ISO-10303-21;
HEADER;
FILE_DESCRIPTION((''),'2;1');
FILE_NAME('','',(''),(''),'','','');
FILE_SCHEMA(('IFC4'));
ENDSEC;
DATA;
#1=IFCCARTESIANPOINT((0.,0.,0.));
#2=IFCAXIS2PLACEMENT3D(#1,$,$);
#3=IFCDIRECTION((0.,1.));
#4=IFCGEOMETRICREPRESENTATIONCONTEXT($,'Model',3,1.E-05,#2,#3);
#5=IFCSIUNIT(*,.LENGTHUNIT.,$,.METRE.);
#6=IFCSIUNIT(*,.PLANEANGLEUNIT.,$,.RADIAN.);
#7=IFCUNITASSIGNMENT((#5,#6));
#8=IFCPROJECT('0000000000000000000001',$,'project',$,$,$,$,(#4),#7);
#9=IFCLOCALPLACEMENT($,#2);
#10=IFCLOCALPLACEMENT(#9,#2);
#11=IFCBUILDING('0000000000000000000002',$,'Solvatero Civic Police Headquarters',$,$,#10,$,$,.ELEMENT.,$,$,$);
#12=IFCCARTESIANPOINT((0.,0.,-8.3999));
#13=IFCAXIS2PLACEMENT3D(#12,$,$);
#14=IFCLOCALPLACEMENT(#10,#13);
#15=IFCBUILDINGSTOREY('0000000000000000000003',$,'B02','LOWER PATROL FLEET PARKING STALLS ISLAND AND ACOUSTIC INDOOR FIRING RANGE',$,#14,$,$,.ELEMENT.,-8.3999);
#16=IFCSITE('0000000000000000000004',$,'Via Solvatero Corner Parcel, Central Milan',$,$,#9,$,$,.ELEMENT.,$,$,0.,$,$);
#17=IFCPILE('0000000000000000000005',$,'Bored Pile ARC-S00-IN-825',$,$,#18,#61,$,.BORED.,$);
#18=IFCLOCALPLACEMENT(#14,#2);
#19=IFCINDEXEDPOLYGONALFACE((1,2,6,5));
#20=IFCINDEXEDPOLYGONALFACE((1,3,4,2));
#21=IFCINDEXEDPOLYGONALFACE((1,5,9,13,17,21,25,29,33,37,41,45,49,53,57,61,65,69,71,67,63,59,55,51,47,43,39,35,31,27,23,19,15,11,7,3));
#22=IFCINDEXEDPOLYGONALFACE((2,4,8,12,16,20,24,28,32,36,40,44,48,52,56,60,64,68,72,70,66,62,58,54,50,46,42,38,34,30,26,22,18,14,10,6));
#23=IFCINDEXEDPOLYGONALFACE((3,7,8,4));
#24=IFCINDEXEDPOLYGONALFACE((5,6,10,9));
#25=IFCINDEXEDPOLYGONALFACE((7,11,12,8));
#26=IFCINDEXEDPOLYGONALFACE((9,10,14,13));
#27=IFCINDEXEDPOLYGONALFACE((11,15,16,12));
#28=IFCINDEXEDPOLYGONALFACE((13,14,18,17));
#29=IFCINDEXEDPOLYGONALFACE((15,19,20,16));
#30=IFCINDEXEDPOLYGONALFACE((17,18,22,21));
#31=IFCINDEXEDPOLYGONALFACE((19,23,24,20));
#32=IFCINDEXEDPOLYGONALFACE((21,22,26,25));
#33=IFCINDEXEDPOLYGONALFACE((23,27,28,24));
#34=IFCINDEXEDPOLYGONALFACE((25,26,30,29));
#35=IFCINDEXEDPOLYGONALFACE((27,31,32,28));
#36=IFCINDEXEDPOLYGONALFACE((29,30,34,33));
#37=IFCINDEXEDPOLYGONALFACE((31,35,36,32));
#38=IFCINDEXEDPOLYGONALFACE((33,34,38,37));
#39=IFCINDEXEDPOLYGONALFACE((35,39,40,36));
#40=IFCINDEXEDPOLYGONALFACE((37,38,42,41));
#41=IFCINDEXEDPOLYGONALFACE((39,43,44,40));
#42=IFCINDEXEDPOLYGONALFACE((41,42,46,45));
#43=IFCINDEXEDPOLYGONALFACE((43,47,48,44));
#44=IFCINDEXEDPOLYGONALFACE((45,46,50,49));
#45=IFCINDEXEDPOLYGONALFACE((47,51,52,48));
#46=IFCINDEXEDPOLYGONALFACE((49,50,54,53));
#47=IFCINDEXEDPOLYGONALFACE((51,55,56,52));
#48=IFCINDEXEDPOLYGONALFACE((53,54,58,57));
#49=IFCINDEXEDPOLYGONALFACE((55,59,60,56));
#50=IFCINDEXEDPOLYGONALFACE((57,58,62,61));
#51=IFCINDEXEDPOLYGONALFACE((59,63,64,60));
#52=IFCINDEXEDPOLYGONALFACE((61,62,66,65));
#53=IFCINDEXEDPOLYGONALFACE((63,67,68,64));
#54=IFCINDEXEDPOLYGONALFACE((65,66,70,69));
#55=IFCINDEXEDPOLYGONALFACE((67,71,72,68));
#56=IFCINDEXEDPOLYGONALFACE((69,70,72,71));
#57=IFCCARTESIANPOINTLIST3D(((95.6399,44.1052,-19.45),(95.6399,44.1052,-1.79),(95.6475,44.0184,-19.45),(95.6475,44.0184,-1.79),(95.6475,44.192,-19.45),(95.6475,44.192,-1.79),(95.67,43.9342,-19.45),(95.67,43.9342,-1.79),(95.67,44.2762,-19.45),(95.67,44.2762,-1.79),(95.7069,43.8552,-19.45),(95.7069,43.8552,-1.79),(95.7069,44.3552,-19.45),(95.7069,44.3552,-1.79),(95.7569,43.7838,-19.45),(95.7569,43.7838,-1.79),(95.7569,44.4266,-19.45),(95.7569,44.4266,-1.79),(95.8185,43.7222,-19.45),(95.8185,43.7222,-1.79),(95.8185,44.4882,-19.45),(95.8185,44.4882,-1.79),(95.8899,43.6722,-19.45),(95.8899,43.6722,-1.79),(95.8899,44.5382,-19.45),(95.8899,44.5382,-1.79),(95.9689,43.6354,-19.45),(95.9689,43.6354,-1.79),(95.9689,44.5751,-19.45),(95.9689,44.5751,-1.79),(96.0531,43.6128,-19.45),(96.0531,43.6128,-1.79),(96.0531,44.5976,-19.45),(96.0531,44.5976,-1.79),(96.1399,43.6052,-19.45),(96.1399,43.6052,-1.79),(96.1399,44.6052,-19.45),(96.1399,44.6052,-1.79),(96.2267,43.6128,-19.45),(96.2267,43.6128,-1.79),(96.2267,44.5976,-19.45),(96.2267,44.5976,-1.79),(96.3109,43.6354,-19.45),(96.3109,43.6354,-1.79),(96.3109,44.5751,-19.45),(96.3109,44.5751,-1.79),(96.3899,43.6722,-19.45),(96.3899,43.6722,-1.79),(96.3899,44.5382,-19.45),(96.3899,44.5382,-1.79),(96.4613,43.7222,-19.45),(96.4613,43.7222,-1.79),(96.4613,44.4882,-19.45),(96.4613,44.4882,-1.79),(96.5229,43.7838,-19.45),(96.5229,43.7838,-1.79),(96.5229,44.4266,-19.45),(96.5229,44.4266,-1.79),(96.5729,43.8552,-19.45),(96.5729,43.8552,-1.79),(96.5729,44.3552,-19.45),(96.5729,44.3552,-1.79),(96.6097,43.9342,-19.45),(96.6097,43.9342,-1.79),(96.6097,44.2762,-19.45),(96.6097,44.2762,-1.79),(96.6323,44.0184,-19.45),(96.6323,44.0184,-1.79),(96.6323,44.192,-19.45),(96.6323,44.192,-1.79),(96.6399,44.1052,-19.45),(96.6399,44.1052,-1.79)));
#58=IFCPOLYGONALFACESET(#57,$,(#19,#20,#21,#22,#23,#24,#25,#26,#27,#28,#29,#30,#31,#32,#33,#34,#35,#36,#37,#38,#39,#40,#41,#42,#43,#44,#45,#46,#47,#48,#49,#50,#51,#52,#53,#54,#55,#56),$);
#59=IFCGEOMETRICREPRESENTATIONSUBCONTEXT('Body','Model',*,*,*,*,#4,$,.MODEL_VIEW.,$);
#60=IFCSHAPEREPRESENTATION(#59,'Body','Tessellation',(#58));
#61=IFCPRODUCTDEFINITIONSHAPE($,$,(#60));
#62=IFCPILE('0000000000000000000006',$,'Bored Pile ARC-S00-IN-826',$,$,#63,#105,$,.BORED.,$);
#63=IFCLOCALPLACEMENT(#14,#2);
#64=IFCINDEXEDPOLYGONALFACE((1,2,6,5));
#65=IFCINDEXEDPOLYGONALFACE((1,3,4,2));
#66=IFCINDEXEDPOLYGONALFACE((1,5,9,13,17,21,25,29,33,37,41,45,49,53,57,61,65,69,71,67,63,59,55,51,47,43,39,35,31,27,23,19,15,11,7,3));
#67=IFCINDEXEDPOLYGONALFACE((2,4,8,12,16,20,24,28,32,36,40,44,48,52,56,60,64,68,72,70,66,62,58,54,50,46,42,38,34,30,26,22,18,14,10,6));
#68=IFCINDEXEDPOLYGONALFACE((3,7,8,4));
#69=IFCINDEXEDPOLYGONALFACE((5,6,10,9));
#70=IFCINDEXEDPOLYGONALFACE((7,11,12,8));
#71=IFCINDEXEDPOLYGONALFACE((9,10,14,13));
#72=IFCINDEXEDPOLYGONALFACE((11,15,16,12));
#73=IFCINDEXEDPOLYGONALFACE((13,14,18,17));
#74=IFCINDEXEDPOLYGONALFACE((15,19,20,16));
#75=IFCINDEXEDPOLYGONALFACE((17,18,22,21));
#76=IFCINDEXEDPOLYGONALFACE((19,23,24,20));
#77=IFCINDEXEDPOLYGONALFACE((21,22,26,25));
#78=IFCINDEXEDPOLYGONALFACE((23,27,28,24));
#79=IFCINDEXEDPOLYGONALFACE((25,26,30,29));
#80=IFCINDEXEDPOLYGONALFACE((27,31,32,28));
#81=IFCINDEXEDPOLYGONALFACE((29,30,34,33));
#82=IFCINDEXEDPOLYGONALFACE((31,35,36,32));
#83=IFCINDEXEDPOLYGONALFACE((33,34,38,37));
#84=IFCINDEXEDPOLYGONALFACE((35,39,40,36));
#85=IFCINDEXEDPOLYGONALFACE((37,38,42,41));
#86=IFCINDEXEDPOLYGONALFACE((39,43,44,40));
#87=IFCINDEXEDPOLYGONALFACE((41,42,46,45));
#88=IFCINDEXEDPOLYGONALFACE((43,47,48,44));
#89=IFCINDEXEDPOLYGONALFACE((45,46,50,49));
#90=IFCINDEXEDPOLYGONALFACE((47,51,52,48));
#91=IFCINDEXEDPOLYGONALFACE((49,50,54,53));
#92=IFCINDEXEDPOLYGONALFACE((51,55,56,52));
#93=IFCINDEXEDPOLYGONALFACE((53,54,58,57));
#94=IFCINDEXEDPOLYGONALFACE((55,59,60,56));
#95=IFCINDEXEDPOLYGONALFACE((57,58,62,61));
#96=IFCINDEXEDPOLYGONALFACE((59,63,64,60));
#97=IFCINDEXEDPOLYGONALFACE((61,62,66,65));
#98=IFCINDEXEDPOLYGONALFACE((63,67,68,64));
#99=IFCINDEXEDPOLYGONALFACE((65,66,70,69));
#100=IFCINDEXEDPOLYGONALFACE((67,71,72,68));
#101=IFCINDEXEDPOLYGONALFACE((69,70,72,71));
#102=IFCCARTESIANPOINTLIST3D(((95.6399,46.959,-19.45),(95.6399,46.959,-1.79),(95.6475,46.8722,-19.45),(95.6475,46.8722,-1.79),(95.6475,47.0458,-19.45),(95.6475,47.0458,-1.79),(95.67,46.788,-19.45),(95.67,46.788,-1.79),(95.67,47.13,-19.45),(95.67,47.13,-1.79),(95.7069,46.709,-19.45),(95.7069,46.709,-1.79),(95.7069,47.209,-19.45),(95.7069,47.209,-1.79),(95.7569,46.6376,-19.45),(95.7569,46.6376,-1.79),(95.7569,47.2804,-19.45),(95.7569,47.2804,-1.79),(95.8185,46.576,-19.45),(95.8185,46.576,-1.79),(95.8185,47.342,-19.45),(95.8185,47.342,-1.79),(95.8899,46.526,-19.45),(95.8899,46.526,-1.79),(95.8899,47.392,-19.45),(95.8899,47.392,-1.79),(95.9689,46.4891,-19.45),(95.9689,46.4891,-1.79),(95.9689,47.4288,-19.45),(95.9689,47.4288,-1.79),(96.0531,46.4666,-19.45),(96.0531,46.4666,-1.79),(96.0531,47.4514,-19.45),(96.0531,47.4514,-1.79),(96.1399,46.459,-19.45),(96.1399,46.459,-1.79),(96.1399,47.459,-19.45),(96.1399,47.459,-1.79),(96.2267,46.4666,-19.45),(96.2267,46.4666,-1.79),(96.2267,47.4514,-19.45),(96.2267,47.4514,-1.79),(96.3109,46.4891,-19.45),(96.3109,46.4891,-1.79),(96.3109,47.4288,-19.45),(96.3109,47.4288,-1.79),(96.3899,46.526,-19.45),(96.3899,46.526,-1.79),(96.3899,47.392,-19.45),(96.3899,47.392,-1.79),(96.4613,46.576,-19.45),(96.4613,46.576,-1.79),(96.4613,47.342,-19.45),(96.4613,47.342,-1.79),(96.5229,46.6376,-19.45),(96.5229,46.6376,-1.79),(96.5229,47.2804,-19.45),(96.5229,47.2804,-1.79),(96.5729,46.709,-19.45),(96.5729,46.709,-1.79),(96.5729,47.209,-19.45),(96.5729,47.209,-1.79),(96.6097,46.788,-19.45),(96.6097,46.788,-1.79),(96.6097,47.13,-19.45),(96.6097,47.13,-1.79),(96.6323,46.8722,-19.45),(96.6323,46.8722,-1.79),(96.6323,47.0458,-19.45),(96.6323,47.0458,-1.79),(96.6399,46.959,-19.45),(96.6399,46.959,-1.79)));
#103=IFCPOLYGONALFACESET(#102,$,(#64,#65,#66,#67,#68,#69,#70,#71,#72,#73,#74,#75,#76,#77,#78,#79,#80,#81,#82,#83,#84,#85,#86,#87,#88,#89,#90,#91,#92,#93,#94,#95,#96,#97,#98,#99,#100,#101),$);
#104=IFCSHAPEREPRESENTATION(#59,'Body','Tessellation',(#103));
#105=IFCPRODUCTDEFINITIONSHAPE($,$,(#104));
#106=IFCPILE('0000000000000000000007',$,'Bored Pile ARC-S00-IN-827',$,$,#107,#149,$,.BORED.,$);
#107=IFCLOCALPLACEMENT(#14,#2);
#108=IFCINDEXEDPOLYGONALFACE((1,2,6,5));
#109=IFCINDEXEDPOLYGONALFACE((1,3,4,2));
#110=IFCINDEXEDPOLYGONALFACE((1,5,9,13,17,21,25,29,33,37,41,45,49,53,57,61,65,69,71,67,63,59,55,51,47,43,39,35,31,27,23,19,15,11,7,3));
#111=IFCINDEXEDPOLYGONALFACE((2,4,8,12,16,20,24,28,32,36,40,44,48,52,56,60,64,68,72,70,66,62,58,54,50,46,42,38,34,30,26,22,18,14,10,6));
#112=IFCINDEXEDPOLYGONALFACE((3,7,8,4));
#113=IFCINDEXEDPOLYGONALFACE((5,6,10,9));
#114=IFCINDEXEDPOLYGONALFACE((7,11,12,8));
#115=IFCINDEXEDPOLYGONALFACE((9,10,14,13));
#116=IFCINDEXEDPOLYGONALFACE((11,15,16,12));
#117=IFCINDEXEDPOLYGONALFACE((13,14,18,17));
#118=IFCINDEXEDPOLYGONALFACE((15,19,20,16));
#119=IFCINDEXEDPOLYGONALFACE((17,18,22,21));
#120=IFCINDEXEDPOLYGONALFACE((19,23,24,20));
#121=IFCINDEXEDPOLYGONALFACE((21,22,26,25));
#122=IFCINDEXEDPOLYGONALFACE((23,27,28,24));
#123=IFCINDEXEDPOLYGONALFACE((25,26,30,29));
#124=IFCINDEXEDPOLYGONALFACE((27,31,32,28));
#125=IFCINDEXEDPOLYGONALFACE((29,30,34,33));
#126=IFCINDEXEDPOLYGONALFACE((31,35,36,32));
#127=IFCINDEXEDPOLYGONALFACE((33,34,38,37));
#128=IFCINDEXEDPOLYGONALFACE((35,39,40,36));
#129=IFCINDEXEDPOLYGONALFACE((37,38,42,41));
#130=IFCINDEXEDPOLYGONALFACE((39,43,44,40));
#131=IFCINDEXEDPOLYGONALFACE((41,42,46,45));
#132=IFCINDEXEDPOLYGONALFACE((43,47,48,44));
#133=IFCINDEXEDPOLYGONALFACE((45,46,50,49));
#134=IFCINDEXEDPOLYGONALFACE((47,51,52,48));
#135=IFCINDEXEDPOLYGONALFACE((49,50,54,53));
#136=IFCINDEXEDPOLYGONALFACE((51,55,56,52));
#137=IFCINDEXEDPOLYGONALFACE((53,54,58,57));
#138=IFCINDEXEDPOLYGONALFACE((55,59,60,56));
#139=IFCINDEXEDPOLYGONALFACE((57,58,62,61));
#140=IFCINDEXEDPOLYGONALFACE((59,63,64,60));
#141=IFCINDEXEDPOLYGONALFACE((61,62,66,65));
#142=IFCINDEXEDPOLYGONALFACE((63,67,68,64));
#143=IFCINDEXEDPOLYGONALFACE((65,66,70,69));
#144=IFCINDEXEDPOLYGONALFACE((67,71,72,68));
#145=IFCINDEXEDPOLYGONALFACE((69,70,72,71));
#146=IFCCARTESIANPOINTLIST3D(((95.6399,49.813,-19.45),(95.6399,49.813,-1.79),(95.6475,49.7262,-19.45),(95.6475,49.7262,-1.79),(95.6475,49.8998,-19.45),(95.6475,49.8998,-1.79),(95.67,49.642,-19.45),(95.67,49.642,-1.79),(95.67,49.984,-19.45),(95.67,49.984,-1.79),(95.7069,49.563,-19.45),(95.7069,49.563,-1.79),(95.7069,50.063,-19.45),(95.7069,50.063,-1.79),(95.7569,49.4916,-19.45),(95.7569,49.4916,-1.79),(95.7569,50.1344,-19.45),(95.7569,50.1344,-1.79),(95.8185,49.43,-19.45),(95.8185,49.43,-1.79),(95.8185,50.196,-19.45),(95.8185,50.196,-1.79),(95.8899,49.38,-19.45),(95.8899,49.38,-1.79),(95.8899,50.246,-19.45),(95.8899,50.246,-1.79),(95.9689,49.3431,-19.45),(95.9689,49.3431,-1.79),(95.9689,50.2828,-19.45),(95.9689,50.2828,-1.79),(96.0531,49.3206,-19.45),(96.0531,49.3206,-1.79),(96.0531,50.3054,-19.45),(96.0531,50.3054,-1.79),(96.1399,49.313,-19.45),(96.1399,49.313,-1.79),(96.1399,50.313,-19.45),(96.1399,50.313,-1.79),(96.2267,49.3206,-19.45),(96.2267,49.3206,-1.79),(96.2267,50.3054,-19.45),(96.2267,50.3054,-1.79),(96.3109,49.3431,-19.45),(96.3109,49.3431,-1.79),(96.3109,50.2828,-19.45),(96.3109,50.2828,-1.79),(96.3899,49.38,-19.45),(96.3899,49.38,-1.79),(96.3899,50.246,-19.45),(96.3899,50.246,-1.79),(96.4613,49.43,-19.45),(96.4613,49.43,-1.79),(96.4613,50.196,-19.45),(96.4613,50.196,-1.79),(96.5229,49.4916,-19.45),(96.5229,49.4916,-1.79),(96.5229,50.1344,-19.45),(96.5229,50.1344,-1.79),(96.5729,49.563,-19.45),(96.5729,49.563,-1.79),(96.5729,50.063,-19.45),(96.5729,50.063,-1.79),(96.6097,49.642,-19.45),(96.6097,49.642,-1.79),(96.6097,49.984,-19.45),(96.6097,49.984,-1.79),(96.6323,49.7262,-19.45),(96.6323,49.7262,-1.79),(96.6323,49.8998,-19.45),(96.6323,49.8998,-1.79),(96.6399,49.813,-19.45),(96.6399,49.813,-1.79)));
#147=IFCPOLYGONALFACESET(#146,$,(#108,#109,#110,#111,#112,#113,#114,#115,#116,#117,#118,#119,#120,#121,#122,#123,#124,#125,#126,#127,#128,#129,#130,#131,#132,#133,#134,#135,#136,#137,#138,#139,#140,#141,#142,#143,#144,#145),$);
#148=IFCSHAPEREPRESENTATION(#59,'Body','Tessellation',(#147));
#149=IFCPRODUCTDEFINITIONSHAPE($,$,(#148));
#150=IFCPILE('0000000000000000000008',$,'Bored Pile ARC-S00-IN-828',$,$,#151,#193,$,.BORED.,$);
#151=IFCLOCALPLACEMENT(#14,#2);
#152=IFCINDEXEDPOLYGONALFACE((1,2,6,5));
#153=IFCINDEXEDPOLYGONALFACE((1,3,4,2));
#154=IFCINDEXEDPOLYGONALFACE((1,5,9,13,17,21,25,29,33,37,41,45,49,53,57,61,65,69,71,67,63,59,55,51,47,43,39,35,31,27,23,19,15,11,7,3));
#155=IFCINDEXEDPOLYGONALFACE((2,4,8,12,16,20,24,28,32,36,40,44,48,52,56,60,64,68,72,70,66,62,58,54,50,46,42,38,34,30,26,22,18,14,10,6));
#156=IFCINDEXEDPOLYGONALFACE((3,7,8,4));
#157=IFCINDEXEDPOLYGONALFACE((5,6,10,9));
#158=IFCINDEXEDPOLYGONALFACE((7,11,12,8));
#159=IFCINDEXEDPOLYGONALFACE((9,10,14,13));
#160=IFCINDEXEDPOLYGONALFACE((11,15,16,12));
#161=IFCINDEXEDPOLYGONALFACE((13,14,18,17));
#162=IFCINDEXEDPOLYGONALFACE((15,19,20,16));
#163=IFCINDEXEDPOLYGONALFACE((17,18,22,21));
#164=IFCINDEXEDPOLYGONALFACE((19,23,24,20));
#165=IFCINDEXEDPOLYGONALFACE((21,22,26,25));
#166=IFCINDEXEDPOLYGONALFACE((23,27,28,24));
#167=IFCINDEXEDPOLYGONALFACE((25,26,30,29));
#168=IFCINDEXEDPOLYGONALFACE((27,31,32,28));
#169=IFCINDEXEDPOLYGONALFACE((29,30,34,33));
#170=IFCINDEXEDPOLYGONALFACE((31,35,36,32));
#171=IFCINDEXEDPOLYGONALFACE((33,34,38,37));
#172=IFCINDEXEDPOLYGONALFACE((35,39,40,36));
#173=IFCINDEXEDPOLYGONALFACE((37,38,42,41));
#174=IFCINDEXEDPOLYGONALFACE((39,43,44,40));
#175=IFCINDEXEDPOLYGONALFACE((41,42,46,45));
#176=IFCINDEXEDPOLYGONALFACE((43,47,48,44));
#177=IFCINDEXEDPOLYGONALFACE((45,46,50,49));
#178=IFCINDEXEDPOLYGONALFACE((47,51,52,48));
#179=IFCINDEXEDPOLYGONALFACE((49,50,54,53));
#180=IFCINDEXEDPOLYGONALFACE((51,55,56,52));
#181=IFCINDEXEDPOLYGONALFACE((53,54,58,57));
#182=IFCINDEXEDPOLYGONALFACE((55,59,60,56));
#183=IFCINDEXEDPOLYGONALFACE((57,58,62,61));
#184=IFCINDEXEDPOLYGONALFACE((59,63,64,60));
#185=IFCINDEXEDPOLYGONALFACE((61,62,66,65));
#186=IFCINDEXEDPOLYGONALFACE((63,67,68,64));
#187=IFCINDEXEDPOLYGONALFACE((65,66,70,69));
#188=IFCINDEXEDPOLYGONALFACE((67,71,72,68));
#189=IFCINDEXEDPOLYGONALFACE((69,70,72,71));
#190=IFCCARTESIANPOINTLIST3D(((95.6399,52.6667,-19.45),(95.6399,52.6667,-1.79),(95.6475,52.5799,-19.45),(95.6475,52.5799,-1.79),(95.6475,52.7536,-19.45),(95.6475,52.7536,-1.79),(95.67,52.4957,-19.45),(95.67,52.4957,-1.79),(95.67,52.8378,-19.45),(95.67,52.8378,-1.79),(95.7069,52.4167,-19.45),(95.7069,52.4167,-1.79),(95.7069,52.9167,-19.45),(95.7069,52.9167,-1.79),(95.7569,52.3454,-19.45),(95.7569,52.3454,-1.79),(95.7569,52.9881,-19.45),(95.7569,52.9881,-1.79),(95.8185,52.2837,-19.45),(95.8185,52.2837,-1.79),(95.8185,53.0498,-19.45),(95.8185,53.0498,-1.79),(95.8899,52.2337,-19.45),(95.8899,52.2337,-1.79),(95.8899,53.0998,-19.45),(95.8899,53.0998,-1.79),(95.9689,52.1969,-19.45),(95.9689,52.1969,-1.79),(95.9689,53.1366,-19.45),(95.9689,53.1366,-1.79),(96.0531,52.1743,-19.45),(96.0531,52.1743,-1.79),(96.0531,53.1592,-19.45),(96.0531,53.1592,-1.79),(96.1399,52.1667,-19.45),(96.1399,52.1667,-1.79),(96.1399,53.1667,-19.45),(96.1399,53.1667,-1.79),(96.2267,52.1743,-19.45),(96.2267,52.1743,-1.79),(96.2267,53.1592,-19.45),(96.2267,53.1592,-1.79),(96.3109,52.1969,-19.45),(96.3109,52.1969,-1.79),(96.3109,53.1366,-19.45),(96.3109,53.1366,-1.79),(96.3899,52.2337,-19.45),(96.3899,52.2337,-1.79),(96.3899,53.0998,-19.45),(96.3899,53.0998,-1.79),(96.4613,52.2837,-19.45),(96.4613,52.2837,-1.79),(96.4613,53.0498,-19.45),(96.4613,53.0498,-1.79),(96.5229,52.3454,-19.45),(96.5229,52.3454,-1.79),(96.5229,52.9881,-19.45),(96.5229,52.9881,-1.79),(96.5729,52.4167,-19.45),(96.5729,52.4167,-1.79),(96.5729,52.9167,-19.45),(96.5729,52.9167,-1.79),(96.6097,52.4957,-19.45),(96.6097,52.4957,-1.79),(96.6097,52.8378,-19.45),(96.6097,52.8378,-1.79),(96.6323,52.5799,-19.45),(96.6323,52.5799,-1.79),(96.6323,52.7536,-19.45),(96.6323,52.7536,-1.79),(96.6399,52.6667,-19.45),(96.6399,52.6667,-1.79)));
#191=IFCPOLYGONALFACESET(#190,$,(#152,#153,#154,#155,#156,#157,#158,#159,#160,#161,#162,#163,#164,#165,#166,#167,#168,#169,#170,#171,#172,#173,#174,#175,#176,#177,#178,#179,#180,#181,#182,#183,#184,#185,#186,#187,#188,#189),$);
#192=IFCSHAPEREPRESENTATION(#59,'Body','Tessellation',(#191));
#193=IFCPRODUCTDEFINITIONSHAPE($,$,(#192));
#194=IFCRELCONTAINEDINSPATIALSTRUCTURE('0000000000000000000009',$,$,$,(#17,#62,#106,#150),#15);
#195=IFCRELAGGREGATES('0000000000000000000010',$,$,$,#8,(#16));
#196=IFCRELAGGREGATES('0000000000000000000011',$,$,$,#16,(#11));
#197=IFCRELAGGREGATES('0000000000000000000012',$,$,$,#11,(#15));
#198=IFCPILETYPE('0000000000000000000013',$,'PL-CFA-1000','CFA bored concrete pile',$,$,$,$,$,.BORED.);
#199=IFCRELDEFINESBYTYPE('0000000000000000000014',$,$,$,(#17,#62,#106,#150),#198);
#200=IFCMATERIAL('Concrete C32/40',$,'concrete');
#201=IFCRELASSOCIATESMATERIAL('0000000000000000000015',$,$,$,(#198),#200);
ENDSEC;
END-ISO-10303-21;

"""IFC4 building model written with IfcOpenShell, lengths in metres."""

from ifc_helpers import new_model, si_unit, direction, frame, origin, origin_2d, place, context, subcontext, project, spatial, circle, extrude, material, material_profile, profile_set, type_object, element, save


model = new_model("IFC4")

# Units and contexts
model_context = context("Model", 3, precision=1e-05, world=origin(), true_north=direction((0.0, 1.0)))
body_context = subcontext(model_context, "Body", "Model", "MODEL_VIEW")
ifc_project = project(units=[si_unit("LENGTHUNIT", "METRE"), si_unit("PLANEANGLEUNIT", "RADIAN")], contexts=[model_context])

# Site, building, storey
site_placement = place(None, origin())
site = spatial("IfcSite", under=ifc_project, at=site_placement, Name="Via Solvatero Corner Parcel, Central Milan", CompositionType="ELEMENT", RefElevation=0.0)
building_placement = place(site_placement, origin())
building = spatial("IfcBuilding", under=site, at=building_placement, Name="Solvatero Civic Police Headquarters", CompositionType="ELEMENT")
storey_placement = place(building_placement, frame((0.0, 0.0, -8.3999)))
storey = spatial("IfcBuildingStorey", under=building, at=storey_placement, Name="B02", Description="LOWER PATROL FLEET PARKING STALLS ISLAND AND ACOUSTIC INDOOR FIRING RANGE", CompositionType="ELEMENT", Elevation=-8.3999)

# Piles
ifc_material_1 = material(Name="Concrete C32/40", Category="concrete")
ifc_material_profile_1 = material_profile(ifc_material_1, circle(Radius=0.5, at=origin_2d()), Name="CFA PILE D1000")
ifc_profile_set_1 = profile_set([ifc_material_profile_1], Name="Concrete C32/40")
pile_type = type_object("IfcPileType", Name="PL-CFA-1000", Description="CFA bored concrete pile", PredefinedType="BORED", material=ifc_profile_set_1)
for number, where, z_axis, x_axis, name in (
    (1, (96.1399, 44.1052, -1.79), (0.0, 0.0, -1.0), (1.0, 0.0, 0.0), "Bored Pile ARC-S00-IN-825"),
    (2, (96.1399, 46.959, -1.79), (0.0, 0.0, -1.0), (1.0, 0.0, 0.0), "Bored Pile ARC-S00-IN-826"),
    (3, (96.1399, 49.813, -1.79), (0.0, 0.0, -1.0), (1.0, 0.0, 0.0), "Bored Pile ARC-S00-IN-827"),
    (4, (96.1399, 52.6667, -1.79), (0.0, 0.0, -1.0), (1.0, 0.0, 0.0), "Bored Pile ARC-S00-IN-828"),
):
    element("IfcPile", number, at=place(storey_placement, frame(where, z_axis=z_axis, x_axis=x_axis)), inside=storey, type_object=pile_type, Name=name, PredefinedType="BORED", context=body_context, shape_type="SweptSolid", body=[
        extrude(circle(Radius=0.5, at=origin_2d()), origin(), (0.0, 0.0, 1.0), 17.6599),
    ])

save(model, "model.ifc")
